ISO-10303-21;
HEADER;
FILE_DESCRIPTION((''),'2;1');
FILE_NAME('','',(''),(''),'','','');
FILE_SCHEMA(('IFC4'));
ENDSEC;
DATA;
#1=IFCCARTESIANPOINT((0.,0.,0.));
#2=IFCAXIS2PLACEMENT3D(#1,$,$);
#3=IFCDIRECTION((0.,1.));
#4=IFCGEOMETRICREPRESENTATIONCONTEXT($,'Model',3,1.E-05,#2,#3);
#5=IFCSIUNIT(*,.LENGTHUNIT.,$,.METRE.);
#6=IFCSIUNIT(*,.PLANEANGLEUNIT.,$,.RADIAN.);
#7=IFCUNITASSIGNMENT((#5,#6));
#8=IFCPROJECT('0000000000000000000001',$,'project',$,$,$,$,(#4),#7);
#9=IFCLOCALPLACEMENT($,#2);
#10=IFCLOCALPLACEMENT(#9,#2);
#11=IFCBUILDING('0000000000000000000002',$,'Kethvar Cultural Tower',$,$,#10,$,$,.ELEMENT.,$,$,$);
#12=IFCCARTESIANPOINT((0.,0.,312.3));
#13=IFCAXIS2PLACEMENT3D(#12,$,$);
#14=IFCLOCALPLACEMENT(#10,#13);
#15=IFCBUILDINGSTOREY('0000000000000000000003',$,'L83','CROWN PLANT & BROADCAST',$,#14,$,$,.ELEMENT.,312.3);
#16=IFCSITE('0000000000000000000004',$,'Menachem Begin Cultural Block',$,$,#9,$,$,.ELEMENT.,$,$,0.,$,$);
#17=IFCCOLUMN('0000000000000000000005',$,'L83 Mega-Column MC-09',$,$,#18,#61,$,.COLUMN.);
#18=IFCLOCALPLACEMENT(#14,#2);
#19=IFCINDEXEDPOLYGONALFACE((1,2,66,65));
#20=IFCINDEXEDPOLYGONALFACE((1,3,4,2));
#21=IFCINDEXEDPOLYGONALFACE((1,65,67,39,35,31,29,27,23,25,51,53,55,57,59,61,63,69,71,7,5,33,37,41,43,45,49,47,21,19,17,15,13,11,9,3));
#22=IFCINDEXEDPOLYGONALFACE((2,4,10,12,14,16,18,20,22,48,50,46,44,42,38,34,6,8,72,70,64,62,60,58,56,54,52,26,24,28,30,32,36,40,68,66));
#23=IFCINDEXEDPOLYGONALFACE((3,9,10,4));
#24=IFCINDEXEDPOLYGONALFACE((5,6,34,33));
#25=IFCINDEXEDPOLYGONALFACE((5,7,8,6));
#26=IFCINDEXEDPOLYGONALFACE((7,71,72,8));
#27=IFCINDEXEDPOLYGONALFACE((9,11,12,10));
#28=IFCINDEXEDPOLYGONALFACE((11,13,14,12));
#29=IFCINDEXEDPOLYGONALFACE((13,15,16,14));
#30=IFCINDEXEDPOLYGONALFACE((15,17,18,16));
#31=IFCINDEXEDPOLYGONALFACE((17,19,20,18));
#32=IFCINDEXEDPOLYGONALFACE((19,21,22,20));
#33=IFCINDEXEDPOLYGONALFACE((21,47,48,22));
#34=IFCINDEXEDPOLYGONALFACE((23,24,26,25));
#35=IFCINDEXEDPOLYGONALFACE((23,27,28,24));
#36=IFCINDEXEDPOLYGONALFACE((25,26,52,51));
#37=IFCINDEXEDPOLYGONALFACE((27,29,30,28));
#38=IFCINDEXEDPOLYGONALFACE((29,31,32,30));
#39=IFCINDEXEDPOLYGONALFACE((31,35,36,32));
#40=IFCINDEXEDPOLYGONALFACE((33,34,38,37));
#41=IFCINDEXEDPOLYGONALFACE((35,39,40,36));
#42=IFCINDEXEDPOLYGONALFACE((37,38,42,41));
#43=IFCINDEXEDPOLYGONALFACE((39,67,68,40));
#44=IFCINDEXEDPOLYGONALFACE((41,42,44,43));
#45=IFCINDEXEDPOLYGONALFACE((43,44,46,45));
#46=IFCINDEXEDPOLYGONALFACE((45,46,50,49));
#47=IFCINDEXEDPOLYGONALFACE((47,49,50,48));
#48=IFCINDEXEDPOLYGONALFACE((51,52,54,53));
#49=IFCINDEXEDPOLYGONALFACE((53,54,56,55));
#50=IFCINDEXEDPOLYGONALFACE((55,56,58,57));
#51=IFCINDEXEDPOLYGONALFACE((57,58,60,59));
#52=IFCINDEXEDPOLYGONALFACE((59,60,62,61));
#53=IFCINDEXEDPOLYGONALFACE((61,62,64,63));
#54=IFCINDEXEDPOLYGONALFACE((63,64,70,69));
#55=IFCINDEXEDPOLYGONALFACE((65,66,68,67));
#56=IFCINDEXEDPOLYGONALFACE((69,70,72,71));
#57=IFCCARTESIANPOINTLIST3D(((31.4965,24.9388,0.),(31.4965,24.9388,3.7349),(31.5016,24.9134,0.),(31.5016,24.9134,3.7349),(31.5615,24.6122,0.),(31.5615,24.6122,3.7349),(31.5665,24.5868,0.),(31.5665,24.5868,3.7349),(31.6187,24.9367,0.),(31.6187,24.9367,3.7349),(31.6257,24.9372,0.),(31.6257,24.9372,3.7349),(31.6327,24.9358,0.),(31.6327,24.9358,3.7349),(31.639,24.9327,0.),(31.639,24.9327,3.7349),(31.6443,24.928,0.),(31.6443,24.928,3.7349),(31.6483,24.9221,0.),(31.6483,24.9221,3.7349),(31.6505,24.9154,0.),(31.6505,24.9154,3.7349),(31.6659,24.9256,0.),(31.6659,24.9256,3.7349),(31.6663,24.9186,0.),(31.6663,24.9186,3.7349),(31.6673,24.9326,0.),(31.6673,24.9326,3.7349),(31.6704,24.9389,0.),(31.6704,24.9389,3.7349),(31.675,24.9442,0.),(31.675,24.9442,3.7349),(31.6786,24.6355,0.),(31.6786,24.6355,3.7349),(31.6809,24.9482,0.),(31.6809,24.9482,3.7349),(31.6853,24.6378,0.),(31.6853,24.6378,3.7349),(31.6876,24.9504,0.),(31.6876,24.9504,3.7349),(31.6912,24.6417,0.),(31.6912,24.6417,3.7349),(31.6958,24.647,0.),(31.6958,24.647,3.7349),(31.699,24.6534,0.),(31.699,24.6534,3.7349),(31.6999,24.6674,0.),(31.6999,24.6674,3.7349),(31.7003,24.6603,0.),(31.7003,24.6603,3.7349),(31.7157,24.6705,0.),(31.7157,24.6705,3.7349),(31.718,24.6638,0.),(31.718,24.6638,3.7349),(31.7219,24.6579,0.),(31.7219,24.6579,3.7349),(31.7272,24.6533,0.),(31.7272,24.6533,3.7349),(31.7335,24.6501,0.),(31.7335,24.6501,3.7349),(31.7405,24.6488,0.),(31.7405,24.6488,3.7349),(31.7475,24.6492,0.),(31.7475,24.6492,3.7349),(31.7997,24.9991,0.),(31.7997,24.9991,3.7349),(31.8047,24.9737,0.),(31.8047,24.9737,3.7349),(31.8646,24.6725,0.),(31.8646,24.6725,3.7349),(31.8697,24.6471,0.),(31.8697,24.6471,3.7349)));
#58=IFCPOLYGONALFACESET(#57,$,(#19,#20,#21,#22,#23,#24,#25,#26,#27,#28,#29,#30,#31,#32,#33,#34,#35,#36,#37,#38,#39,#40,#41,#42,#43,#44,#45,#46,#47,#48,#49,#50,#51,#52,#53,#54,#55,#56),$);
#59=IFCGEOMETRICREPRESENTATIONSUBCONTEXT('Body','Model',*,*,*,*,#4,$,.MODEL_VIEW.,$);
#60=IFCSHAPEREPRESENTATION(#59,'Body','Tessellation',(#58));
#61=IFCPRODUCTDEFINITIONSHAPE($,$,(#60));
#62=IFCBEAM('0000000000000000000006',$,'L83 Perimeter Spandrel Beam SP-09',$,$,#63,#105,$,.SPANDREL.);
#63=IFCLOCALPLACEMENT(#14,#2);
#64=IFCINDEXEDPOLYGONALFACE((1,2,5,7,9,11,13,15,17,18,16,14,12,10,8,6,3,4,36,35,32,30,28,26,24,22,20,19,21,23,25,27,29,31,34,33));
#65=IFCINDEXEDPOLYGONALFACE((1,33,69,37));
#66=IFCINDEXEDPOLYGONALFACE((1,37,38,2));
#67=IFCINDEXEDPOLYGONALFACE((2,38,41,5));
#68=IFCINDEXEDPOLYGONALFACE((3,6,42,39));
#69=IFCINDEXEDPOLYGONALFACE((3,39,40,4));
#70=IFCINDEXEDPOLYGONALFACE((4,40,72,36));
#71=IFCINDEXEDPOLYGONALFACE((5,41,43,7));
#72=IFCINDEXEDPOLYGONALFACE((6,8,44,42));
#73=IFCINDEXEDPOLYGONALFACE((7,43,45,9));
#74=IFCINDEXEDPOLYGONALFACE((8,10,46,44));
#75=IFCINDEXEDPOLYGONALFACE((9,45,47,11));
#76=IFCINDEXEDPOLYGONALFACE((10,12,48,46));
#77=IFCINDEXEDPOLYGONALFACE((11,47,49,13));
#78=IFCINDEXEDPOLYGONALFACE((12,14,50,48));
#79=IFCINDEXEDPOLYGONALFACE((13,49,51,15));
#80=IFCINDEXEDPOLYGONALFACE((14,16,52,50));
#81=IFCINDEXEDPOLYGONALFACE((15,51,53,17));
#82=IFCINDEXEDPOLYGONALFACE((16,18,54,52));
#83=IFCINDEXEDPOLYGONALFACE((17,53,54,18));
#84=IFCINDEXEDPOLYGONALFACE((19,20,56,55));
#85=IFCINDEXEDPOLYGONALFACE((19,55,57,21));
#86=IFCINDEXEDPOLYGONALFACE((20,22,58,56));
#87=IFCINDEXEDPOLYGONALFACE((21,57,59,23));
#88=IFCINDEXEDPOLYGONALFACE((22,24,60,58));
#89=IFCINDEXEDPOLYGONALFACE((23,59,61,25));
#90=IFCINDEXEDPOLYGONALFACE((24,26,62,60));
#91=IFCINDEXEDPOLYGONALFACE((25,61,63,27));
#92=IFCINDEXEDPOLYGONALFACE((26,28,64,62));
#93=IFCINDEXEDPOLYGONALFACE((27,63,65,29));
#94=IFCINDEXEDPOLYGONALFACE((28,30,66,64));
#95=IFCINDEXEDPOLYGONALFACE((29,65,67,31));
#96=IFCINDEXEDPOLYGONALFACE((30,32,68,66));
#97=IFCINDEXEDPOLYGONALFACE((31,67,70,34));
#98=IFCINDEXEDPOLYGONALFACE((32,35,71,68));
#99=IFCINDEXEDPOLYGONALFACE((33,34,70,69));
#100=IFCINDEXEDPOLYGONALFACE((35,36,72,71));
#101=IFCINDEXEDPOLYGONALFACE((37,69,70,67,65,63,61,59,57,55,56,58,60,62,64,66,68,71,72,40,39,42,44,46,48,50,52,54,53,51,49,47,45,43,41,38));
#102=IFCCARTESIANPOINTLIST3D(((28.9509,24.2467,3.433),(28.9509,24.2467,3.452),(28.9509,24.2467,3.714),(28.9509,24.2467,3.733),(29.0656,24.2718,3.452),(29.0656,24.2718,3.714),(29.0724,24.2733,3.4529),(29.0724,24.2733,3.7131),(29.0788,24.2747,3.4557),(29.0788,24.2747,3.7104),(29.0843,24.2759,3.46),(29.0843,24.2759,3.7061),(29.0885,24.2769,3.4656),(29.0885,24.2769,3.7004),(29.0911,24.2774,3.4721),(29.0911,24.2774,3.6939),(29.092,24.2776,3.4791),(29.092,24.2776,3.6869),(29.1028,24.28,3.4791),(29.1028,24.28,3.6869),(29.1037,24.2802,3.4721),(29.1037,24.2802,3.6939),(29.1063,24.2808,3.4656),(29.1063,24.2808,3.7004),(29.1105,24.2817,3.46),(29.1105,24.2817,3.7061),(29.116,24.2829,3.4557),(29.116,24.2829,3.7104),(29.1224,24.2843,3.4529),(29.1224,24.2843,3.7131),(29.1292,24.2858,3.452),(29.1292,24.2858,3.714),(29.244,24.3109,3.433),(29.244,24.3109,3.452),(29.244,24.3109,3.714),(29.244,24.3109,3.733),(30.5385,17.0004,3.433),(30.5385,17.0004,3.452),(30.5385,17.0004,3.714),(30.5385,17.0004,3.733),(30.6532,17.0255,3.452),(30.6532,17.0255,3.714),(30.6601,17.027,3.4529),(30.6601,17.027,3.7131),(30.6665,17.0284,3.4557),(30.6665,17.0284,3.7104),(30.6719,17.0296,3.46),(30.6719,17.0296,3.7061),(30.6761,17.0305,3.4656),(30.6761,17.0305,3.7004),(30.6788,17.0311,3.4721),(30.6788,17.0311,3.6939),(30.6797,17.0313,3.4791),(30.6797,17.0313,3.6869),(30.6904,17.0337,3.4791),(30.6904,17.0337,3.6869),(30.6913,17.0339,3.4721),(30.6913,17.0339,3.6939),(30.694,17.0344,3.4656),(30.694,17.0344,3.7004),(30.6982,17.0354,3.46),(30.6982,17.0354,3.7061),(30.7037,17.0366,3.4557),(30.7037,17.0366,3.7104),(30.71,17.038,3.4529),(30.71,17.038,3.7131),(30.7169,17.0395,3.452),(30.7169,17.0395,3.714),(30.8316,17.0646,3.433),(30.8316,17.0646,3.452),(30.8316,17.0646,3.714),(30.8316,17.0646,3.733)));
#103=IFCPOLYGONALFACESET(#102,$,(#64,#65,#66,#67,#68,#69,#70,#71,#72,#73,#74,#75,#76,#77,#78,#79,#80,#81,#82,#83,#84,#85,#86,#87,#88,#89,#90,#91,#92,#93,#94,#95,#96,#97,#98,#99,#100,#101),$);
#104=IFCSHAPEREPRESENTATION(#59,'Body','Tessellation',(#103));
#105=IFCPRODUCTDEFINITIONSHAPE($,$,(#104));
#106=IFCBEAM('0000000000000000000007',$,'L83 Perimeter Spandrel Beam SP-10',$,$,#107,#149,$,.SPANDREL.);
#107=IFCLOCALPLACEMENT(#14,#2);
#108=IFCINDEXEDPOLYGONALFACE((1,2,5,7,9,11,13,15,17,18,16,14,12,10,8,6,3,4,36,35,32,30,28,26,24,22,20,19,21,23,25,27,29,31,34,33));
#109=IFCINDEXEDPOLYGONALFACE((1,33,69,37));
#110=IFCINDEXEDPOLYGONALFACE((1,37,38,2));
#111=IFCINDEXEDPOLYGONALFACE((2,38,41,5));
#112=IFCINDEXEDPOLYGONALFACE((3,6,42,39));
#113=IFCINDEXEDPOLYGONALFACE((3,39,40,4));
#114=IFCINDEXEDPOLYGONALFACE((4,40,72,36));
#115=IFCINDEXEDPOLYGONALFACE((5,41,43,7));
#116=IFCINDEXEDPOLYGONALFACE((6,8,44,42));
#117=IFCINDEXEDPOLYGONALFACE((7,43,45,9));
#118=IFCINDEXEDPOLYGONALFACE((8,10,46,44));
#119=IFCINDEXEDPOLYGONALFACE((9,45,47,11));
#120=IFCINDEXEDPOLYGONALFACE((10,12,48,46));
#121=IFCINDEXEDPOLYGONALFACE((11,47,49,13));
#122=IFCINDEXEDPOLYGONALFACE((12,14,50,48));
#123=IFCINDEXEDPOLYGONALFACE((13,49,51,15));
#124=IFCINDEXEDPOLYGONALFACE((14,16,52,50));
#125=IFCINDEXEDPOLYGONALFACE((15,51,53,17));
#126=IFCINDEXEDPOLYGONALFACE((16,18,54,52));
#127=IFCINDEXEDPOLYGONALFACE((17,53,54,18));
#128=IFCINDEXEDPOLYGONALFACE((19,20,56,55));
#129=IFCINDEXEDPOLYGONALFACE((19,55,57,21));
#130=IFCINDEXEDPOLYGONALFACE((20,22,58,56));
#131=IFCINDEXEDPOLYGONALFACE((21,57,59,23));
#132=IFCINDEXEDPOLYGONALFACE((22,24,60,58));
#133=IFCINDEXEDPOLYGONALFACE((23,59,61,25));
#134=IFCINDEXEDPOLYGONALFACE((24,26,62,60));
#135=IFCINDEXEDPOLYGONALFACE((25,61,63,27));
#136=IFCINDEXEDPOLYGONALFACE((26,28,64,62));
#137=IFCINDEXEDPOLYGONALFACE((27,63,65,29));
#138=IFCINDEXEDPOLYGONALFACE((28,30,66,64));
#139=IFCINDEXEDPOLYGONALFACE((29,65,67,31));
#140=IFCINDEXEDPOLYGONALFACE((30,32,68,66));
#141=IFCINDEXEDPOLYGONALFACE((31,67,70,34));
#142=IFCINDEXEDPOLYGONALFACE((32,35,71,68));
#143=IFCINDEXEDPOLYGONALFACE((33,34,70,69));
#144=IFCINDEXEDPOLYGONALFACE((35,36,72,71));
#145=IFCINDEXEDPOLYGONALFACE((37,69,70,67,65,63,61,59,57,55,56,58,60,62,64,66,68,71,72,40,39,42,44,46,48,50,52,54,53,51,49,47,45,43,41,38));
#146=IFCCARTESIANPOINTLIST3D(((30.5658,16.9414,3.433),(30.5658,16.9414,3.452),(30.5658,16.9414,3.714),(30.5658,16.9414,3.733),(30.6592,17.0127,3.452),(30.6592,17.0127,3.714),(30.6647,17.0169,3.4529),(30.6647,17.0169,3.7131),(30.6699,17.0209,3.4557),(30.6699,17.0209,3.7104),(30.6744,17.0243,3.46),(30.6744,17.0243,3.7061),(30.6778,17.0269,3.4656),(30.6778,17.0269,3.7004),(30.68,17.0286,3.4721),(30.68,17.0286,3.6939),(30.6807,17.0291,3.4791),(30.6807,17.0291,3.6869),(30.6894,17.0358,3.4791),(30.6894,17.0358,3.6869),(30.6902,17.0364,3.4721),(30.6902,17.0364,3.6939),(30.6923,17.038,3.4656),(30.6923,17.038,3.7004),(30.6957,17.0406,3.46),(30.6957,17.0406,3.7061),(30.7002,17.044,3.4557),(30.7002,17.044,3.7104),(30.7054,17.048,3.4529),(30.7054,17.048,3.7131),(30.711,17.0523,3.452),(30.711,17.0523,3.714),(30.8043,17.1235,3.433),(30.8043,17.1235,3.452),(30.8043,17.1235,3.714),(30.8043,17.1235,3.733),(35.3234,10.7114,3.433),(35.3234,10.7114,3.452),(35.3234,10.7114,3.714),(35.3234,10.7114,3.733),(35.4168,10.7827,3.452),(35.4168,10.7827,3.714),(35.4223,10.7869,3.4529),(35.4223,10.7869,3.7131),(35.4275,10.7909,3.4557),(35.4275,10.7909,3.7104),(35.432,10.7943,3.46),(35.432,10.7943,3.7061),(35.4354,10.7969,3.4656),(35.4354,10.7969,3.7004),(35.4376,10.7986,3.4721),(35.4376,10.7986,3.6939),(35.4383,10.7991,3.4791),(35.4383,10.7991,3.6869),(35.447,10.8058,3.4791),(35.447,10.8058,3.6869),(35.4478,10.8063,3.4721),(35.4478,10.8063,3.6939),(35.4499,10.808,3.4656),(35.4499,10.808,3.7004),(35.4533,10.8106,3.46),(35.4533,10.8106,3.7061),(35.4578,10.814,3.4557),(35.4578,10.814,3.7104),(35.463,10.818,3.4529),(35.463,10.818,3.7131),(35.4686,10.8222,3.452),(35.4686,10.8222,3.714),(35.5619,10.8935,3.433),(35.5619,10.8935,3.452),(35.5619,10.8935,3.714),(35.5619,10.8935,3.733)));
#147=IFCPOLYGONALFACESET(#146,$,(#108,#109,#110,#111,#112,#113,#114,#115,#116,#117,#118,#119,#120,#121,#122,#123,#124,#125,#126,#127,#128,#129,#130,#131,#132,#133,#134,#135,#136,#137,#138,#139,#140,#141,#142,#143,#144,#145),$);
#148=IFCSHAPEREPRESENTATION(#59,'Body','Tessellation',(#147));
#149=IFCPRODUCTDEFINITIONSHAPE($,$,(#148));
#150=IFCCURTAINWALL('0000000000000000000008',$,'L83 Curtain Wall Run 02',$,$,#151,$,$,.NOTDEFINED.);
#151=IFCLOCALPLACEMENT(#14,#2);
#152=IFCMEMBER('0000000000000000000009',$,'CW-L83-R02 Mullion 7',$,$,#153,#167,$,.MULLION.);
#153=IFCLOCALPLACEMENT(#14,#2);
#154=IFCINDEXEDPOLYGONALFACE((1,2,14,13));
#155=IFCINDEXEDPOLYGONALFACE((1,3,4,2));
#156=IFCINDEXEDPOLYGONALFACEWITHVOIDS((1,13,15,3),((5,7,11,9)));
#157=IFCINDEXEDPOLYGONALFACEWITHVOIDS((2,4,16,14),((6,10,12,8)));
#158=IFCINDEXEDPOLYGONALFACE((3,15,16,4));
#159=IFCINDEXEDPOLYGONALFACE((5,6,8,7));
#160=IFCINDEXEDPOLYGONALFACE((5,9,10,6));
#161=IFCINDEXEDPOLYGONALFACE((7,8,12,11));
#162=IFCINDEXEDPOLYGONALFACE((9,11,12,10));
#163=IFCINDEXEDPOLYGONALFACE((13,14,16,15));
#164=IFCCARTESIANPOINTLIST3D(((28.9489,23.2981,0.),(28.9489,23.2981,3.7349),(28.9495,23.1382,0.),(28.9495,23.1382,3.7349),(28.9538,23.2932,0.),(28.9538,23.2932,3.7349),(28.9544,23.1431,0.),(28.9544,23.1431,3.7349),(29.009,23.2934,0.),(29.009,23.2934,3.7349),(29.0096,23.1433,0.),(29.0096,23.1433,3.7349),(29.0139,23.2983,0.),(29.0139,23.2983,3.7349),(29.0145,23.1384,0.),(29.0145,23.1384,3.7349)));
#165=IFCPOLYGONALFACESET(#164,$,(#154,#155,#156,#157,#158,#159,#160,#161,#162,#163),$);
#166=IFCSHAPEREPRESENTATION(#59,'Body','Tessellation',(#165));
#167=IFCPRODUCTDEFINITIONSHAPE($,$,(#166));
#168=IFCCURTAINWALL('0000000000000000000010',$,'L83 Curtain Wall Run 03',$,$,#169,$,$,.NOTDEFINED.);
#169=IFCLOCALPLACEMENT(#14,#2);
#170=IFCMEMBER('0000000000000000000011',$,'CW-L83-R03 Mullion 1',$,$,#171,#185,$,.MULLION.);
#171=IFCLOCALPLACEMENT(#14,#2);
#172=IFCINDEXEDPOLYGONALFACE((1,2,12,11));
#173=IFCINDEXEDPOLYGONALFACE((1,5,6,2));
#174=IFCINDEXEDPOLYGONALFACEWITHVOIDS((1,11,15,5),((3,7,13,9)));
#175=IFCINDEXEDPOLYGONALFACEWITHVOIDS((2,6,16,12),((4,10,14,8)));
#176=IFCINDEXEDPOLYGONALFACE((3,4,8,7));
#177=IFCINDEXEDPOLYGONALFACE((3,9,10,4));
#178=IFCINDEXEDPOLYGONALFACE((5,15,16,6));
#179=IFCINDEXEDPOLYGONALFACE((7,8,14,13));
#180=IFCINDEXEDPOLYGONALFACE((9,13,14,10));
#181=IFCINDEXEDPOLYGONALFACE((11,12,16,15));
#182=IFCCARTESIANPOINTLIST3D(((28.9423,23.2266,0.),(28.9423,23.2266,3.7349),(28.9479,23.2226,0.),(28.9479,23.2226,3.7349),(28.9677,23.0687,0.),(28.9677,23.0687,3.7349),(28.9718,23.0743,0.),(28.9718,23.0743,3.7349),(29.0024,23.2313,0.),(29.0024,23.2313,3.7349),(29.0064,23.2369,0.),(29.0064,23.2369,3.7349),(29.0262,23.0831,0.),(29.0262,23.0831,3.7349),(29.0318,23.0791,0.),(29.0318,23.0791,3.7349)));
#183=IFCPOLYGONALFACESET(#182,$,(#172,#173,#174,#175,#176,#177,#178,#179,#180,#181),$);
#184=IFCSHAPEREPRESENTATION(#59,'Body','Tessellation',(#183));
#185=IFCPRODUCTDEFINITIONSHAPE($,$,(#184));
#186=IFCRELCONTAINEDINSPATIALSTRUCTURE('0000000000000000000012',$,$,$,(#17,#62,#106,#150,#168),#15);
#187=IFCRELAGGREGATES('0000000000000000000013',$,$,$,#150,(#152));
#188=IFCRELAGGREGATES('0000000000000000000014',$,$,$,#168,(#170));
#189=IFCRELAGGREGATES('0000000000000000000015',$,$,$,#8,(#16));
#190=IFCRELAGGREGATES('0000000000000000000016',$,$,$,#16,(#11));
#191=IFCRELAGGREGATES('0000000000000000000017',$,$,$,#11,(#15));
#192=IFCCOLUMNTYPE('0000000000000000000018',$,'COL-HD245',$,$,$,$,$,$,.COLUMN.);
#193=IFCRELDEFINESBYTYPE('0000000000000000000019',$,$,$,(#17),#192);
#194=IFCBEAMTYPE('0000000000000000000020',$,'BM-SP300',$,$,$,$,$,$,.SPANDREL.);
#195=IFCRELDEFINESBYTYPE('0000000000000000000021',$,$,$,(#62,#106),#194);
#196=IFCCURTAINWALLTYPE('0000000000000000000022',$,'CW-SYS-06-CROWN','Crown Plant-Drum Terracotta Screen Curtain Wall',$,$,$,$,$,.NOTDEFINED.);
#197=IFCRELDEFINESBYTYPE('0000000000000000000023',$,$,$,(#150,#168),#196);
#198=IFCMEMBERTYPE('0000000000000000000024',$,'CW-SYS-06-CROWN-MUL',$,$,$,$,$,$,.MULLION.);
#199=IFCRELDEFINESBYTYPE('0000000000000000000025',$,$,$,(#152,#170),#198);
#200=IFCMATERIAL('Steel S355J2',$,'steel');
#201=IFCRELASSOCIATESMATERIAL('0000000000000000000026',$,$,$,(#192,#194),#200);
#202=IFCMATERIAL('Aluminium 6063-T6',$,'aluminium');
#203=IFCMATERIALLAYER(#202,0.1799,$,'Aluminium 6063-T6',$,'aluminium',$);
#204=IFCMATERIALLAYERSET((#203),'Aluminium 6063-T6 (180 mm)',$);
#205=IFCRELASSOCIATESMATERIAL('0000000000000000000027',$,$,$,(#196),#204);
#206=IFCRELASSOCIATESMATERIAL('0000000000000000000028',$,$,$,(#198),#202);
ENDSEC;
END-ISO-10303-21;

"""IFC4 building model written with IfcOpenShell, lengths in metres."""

from ifc_helpers import new_model, si_unit, direction, frame, origin, origin_2d, place, context, subcontext, project, spatial, hollow_rectangle, i_section, extrude, source, transform, mapped, material, layer, layer_set, material_profile, profile_set, type_object, element, aggregate, save


model = new_model("IFC4")

# Units and contexts
model_context = context("Model", 3, precision=1e-05, world=origin(), true_north=direction((0.0, 1.0)))
body_context = subcontext(model_context, "Body", "Model", "MODEL_VIEW")
ifc_project = project(units=[si_unit("LENGTHUNIT", "METRE"), si_unit("PLANEANGLEUNIT", "RADIAN")], contexts=[model_context])

# Site, building, storey
site_placement = place(None, origin())
site = spatial("IfcSite", under=ifc_project, at=site_placement, Name="Menachem Begin Cultural Block", CompositionType="ELEMENT", RefElevation=0.0)
building_placement = place(site_placement, origin())
building = spatial("IfcBuilding", under=site, at=building_placement, Name="Kethvar Cultural Tower", CompositionType="ELEMENT")
storey_placement = place(building_placement, frame((0.0, 0.0, 312.3)))
storey = spatial("IfcBuildingStorey", under=building, at=storey_placement, Name="L83", Description="CROWN PLANT & BROADCAST", CompositionType="ELEMENT", Elevation=312.3)

# Column
ifc_material_1 = material(Name="Steel S355J2", Category="steel")
ifc_material_profile_1 = material_profile(ifc_material_1, i_section(OverallWidth=0.3091, OverallDepth=0.3589, WebThickness=0.0161, FlangeThickness=0.0259, FilletRadius=0.0271, at=origin_2d()), Name="Steel S355J2 — HD320x245")
ifc_profile_set_1 = profile_set([ifc_material_profile_1], Name="Steel S355J2 — HD320x245")
column_type = type_object("IfcColumnType", Name="COL-HD245", PredefinedType="COLUMN", material=ifc_profile_set_1)
shared_shape_1 = source(origin(), body_context, "Body", "SweptSolid", [
    extrude(i_section(OverallWidth=0.3091, OverallDepth=0.3589, WebThickness=0.0161, FlangeThickness=0.0259, FilletRadius=0.0271, at=origin_2d()), origin(), (0.0, 0.0, 1.0), 3.7349),
])
column_placement = place(storey_placement, frame((31.6831, 24.793, 0.0), z_axis=(0.0, 0.0, 1.0), x_axis=(-0.980785, -0.19509, 0.0)))
element("IfcColumn", 1, at=column_placement, inside=storey, type_object=column_type, Name="L83 Mega-Column MC-09", PredefinedType="COLUMN", context=body_context, shape_type="MappedRepresentation", body=[
    mapped(shared_shape_1, transform((0.0, 0.0, 0.0), scale=1.0)),
])

# Beams
ifc_material_profile_2 = material_profile(ifc_material_1, i_section(OverallWidth=0.3, OverallDepth=0.3, WebThickness=0.011, FlangeThickness=0.019, FilletRadius=0.0271, at=origin_2d()), Name="Steel S355J2 — HEB300")
ifc_profile_set_2 = profile_set([ifc_material_profile_2], Name="Steel S355J2 — HEB300")
beam_type = type_object("IfcBeamType", Name="BM-SP300", PredefinedType="SPANDREL", material=ifc_profile_set_2)
shared_shape_2 = source(origin(), body_context, "Body", "SweptSolid", [
    extrude(i_section(OverallWidth=0.3, OverallDepth=0.3, WebThickness=0.011, FlangeThickness=0.019, FilletRadius=0.0271, at=origin_2d()), origin(), (0.0, 0.0, 1.0), 7.4182),
])
beam_1_placement = place(storey_placement, frame((29.0974, 24.2788, 3.583), z_axis=(0.21402, -0.976829, 0.0), x_axis=(0.976829, 0.21402, 0.0)))
element("IfcBeam", 2, at=beam_1_placement, inside=storey, type_object=beam_type, Name="L83 Perimeter Spandrel Beam SP-09", PredefinedType="SPANDREL", context=body_context, shape_type="MappedRepresentation", body=[
    mapped(shared_shape_2, transform((0.0, 0.0, 0.0), scale=1.0)),
])
shared_shape_3 = source(origin(), body_context, "Body", "SweptSolid", [
    extrude(i_section(OverallWidth=0.3, OverallDepth=0.3, WebThickness=0.011, FlangeThickness=0.019, FilletRadius=0.0271, at=origin_2d()), origin(), (0.0, 0.0, 1.0), 7.8389),
])
beam_2_placement = place(storey_placement, frame((30.6851, 17.0325, 3.583), z_axis=(0.606924, -0.79476, 0.0), x_axis=(0.79476, 0.606924, 0.0)))
element("IfcBeam", 3, at=beam_2_placement, inside=storey, type_object=beam_type, Name="L83 Perimeter Spandrel Beam SP-10", PredefinedType="SPANDREL", context=body_context, shape_type="MappedRepresentation", body=[
    mapped(shared_shape_3, transform((0.0, 0.0, 0.0), scale=1.0)),
])

# Curtain wall, member
ifc_material_2 = material(Name="Aluminium 6063-T6", Category="aluminium")
ifc_layer_1 = layer(ifc_material_2, 0.1799, Name="Aluminium 6063-T6", Category="aluminium")
ifc_layer_set_1 = layer_set([ifc_layer_1], Name="Aluminium 6063-T6 (180 mm)")
curtain_wall_type = type_object("IfcCurtainWallType", Name="CW-SYS-06-CROWN", Description="Crown Plant-Drum Terracotta Screen Curtain Wall", PredefinedType="NOTDEFINED", material=ifc_layer_set_1)
curtain_wall_1_placement = place(storey_placement, origin())
curtain_wall_1 = element("IfcCurtainWall", 4, at=curtain_wall_1_placement, inside=storey, type_object=curtain_wall_type, Name="L83 Curtain Wall Run 02", PredefinedType="NOTDEFINED")
ifc_material_profile_3 = material_profile(ifc_material_2, hollow_rectangle(XDim=0.0649, YDim=0.1599, WallThickness=0.0049, at=origin_2d()), Name="Aluminium 6063-T6 — RHS160x65x5")
ifc_profile_set_3 = profile_set([ifc_material_profile_3], Name="Aluminium 6063-T6 — RHS160x65x5")
member_type_1 = type_object("IfcMemberType", Name="CW-SYS-06-CROWN-MUL", PredefinedType="MULLION", material=ifc_profile_set_3)
shared_shape_4 = source(origin(), body_context, "Body", "SweptSolid", [
    extrude(hollow_rectangle(XDim=0.0649, YDim=0.1599, WallThickness=0.0049, at=origin_2d()), origin(), (0.0, 0.0, 1.0), 3.7349),
])
member_1_placement = place(storey_placement, frame((28.9817, 23.2183, 0.0), z_axis=(0.0, 0.0, 1.0), x_axis=(0.999993, 0.003857, 0.0)))
member_1 = element("IfcMember", 5, at=member_1_placement, type_object=member_type_1, Name="CW-L83-R02 Mullion 7", PredefinedType="MULLION", context=body_context, shape_type="MappedRepresentation", body=[
    mapped(shared_shape_4, transform((0.0, 0.0, 0.0), scale=1.0)),
])
aggregate(curtain_wall_1, [member_1])

# Curtain wall, member
curtain_wall_2_placement = place(storey_placement, origin())
curtain_wall_2 = element("IfcCurtainWall", 6, at=curtain_wall_2_placement, inside=storey, type_object=curtain_wall_type, Name="L83 Curtain Wall Run 03", PredefinedType="NOTDEFINED")
member_2_placement = place(storey_placement, frame((28.9871, 23.1528, 0.0), z_axis=(0.0, 0.0, 1.0), x_axis=(0.987259, 0.159123, 0.0)))
member_2 = element("IfcMember", 7, at=member_2_placement, type_object=member_type_1, Name="CW-L83-R03 Mullion 1", PredefinedType="MULLION", context=body_context, shape_type="MappedRepresentation", body=[
    mapped(shared_shape_4, transform((0.0, 0.0, 0.0), scale=1.0)),
])

aggregate(curtain_wall_2, [member_2])

save(model, "model.ifc")
